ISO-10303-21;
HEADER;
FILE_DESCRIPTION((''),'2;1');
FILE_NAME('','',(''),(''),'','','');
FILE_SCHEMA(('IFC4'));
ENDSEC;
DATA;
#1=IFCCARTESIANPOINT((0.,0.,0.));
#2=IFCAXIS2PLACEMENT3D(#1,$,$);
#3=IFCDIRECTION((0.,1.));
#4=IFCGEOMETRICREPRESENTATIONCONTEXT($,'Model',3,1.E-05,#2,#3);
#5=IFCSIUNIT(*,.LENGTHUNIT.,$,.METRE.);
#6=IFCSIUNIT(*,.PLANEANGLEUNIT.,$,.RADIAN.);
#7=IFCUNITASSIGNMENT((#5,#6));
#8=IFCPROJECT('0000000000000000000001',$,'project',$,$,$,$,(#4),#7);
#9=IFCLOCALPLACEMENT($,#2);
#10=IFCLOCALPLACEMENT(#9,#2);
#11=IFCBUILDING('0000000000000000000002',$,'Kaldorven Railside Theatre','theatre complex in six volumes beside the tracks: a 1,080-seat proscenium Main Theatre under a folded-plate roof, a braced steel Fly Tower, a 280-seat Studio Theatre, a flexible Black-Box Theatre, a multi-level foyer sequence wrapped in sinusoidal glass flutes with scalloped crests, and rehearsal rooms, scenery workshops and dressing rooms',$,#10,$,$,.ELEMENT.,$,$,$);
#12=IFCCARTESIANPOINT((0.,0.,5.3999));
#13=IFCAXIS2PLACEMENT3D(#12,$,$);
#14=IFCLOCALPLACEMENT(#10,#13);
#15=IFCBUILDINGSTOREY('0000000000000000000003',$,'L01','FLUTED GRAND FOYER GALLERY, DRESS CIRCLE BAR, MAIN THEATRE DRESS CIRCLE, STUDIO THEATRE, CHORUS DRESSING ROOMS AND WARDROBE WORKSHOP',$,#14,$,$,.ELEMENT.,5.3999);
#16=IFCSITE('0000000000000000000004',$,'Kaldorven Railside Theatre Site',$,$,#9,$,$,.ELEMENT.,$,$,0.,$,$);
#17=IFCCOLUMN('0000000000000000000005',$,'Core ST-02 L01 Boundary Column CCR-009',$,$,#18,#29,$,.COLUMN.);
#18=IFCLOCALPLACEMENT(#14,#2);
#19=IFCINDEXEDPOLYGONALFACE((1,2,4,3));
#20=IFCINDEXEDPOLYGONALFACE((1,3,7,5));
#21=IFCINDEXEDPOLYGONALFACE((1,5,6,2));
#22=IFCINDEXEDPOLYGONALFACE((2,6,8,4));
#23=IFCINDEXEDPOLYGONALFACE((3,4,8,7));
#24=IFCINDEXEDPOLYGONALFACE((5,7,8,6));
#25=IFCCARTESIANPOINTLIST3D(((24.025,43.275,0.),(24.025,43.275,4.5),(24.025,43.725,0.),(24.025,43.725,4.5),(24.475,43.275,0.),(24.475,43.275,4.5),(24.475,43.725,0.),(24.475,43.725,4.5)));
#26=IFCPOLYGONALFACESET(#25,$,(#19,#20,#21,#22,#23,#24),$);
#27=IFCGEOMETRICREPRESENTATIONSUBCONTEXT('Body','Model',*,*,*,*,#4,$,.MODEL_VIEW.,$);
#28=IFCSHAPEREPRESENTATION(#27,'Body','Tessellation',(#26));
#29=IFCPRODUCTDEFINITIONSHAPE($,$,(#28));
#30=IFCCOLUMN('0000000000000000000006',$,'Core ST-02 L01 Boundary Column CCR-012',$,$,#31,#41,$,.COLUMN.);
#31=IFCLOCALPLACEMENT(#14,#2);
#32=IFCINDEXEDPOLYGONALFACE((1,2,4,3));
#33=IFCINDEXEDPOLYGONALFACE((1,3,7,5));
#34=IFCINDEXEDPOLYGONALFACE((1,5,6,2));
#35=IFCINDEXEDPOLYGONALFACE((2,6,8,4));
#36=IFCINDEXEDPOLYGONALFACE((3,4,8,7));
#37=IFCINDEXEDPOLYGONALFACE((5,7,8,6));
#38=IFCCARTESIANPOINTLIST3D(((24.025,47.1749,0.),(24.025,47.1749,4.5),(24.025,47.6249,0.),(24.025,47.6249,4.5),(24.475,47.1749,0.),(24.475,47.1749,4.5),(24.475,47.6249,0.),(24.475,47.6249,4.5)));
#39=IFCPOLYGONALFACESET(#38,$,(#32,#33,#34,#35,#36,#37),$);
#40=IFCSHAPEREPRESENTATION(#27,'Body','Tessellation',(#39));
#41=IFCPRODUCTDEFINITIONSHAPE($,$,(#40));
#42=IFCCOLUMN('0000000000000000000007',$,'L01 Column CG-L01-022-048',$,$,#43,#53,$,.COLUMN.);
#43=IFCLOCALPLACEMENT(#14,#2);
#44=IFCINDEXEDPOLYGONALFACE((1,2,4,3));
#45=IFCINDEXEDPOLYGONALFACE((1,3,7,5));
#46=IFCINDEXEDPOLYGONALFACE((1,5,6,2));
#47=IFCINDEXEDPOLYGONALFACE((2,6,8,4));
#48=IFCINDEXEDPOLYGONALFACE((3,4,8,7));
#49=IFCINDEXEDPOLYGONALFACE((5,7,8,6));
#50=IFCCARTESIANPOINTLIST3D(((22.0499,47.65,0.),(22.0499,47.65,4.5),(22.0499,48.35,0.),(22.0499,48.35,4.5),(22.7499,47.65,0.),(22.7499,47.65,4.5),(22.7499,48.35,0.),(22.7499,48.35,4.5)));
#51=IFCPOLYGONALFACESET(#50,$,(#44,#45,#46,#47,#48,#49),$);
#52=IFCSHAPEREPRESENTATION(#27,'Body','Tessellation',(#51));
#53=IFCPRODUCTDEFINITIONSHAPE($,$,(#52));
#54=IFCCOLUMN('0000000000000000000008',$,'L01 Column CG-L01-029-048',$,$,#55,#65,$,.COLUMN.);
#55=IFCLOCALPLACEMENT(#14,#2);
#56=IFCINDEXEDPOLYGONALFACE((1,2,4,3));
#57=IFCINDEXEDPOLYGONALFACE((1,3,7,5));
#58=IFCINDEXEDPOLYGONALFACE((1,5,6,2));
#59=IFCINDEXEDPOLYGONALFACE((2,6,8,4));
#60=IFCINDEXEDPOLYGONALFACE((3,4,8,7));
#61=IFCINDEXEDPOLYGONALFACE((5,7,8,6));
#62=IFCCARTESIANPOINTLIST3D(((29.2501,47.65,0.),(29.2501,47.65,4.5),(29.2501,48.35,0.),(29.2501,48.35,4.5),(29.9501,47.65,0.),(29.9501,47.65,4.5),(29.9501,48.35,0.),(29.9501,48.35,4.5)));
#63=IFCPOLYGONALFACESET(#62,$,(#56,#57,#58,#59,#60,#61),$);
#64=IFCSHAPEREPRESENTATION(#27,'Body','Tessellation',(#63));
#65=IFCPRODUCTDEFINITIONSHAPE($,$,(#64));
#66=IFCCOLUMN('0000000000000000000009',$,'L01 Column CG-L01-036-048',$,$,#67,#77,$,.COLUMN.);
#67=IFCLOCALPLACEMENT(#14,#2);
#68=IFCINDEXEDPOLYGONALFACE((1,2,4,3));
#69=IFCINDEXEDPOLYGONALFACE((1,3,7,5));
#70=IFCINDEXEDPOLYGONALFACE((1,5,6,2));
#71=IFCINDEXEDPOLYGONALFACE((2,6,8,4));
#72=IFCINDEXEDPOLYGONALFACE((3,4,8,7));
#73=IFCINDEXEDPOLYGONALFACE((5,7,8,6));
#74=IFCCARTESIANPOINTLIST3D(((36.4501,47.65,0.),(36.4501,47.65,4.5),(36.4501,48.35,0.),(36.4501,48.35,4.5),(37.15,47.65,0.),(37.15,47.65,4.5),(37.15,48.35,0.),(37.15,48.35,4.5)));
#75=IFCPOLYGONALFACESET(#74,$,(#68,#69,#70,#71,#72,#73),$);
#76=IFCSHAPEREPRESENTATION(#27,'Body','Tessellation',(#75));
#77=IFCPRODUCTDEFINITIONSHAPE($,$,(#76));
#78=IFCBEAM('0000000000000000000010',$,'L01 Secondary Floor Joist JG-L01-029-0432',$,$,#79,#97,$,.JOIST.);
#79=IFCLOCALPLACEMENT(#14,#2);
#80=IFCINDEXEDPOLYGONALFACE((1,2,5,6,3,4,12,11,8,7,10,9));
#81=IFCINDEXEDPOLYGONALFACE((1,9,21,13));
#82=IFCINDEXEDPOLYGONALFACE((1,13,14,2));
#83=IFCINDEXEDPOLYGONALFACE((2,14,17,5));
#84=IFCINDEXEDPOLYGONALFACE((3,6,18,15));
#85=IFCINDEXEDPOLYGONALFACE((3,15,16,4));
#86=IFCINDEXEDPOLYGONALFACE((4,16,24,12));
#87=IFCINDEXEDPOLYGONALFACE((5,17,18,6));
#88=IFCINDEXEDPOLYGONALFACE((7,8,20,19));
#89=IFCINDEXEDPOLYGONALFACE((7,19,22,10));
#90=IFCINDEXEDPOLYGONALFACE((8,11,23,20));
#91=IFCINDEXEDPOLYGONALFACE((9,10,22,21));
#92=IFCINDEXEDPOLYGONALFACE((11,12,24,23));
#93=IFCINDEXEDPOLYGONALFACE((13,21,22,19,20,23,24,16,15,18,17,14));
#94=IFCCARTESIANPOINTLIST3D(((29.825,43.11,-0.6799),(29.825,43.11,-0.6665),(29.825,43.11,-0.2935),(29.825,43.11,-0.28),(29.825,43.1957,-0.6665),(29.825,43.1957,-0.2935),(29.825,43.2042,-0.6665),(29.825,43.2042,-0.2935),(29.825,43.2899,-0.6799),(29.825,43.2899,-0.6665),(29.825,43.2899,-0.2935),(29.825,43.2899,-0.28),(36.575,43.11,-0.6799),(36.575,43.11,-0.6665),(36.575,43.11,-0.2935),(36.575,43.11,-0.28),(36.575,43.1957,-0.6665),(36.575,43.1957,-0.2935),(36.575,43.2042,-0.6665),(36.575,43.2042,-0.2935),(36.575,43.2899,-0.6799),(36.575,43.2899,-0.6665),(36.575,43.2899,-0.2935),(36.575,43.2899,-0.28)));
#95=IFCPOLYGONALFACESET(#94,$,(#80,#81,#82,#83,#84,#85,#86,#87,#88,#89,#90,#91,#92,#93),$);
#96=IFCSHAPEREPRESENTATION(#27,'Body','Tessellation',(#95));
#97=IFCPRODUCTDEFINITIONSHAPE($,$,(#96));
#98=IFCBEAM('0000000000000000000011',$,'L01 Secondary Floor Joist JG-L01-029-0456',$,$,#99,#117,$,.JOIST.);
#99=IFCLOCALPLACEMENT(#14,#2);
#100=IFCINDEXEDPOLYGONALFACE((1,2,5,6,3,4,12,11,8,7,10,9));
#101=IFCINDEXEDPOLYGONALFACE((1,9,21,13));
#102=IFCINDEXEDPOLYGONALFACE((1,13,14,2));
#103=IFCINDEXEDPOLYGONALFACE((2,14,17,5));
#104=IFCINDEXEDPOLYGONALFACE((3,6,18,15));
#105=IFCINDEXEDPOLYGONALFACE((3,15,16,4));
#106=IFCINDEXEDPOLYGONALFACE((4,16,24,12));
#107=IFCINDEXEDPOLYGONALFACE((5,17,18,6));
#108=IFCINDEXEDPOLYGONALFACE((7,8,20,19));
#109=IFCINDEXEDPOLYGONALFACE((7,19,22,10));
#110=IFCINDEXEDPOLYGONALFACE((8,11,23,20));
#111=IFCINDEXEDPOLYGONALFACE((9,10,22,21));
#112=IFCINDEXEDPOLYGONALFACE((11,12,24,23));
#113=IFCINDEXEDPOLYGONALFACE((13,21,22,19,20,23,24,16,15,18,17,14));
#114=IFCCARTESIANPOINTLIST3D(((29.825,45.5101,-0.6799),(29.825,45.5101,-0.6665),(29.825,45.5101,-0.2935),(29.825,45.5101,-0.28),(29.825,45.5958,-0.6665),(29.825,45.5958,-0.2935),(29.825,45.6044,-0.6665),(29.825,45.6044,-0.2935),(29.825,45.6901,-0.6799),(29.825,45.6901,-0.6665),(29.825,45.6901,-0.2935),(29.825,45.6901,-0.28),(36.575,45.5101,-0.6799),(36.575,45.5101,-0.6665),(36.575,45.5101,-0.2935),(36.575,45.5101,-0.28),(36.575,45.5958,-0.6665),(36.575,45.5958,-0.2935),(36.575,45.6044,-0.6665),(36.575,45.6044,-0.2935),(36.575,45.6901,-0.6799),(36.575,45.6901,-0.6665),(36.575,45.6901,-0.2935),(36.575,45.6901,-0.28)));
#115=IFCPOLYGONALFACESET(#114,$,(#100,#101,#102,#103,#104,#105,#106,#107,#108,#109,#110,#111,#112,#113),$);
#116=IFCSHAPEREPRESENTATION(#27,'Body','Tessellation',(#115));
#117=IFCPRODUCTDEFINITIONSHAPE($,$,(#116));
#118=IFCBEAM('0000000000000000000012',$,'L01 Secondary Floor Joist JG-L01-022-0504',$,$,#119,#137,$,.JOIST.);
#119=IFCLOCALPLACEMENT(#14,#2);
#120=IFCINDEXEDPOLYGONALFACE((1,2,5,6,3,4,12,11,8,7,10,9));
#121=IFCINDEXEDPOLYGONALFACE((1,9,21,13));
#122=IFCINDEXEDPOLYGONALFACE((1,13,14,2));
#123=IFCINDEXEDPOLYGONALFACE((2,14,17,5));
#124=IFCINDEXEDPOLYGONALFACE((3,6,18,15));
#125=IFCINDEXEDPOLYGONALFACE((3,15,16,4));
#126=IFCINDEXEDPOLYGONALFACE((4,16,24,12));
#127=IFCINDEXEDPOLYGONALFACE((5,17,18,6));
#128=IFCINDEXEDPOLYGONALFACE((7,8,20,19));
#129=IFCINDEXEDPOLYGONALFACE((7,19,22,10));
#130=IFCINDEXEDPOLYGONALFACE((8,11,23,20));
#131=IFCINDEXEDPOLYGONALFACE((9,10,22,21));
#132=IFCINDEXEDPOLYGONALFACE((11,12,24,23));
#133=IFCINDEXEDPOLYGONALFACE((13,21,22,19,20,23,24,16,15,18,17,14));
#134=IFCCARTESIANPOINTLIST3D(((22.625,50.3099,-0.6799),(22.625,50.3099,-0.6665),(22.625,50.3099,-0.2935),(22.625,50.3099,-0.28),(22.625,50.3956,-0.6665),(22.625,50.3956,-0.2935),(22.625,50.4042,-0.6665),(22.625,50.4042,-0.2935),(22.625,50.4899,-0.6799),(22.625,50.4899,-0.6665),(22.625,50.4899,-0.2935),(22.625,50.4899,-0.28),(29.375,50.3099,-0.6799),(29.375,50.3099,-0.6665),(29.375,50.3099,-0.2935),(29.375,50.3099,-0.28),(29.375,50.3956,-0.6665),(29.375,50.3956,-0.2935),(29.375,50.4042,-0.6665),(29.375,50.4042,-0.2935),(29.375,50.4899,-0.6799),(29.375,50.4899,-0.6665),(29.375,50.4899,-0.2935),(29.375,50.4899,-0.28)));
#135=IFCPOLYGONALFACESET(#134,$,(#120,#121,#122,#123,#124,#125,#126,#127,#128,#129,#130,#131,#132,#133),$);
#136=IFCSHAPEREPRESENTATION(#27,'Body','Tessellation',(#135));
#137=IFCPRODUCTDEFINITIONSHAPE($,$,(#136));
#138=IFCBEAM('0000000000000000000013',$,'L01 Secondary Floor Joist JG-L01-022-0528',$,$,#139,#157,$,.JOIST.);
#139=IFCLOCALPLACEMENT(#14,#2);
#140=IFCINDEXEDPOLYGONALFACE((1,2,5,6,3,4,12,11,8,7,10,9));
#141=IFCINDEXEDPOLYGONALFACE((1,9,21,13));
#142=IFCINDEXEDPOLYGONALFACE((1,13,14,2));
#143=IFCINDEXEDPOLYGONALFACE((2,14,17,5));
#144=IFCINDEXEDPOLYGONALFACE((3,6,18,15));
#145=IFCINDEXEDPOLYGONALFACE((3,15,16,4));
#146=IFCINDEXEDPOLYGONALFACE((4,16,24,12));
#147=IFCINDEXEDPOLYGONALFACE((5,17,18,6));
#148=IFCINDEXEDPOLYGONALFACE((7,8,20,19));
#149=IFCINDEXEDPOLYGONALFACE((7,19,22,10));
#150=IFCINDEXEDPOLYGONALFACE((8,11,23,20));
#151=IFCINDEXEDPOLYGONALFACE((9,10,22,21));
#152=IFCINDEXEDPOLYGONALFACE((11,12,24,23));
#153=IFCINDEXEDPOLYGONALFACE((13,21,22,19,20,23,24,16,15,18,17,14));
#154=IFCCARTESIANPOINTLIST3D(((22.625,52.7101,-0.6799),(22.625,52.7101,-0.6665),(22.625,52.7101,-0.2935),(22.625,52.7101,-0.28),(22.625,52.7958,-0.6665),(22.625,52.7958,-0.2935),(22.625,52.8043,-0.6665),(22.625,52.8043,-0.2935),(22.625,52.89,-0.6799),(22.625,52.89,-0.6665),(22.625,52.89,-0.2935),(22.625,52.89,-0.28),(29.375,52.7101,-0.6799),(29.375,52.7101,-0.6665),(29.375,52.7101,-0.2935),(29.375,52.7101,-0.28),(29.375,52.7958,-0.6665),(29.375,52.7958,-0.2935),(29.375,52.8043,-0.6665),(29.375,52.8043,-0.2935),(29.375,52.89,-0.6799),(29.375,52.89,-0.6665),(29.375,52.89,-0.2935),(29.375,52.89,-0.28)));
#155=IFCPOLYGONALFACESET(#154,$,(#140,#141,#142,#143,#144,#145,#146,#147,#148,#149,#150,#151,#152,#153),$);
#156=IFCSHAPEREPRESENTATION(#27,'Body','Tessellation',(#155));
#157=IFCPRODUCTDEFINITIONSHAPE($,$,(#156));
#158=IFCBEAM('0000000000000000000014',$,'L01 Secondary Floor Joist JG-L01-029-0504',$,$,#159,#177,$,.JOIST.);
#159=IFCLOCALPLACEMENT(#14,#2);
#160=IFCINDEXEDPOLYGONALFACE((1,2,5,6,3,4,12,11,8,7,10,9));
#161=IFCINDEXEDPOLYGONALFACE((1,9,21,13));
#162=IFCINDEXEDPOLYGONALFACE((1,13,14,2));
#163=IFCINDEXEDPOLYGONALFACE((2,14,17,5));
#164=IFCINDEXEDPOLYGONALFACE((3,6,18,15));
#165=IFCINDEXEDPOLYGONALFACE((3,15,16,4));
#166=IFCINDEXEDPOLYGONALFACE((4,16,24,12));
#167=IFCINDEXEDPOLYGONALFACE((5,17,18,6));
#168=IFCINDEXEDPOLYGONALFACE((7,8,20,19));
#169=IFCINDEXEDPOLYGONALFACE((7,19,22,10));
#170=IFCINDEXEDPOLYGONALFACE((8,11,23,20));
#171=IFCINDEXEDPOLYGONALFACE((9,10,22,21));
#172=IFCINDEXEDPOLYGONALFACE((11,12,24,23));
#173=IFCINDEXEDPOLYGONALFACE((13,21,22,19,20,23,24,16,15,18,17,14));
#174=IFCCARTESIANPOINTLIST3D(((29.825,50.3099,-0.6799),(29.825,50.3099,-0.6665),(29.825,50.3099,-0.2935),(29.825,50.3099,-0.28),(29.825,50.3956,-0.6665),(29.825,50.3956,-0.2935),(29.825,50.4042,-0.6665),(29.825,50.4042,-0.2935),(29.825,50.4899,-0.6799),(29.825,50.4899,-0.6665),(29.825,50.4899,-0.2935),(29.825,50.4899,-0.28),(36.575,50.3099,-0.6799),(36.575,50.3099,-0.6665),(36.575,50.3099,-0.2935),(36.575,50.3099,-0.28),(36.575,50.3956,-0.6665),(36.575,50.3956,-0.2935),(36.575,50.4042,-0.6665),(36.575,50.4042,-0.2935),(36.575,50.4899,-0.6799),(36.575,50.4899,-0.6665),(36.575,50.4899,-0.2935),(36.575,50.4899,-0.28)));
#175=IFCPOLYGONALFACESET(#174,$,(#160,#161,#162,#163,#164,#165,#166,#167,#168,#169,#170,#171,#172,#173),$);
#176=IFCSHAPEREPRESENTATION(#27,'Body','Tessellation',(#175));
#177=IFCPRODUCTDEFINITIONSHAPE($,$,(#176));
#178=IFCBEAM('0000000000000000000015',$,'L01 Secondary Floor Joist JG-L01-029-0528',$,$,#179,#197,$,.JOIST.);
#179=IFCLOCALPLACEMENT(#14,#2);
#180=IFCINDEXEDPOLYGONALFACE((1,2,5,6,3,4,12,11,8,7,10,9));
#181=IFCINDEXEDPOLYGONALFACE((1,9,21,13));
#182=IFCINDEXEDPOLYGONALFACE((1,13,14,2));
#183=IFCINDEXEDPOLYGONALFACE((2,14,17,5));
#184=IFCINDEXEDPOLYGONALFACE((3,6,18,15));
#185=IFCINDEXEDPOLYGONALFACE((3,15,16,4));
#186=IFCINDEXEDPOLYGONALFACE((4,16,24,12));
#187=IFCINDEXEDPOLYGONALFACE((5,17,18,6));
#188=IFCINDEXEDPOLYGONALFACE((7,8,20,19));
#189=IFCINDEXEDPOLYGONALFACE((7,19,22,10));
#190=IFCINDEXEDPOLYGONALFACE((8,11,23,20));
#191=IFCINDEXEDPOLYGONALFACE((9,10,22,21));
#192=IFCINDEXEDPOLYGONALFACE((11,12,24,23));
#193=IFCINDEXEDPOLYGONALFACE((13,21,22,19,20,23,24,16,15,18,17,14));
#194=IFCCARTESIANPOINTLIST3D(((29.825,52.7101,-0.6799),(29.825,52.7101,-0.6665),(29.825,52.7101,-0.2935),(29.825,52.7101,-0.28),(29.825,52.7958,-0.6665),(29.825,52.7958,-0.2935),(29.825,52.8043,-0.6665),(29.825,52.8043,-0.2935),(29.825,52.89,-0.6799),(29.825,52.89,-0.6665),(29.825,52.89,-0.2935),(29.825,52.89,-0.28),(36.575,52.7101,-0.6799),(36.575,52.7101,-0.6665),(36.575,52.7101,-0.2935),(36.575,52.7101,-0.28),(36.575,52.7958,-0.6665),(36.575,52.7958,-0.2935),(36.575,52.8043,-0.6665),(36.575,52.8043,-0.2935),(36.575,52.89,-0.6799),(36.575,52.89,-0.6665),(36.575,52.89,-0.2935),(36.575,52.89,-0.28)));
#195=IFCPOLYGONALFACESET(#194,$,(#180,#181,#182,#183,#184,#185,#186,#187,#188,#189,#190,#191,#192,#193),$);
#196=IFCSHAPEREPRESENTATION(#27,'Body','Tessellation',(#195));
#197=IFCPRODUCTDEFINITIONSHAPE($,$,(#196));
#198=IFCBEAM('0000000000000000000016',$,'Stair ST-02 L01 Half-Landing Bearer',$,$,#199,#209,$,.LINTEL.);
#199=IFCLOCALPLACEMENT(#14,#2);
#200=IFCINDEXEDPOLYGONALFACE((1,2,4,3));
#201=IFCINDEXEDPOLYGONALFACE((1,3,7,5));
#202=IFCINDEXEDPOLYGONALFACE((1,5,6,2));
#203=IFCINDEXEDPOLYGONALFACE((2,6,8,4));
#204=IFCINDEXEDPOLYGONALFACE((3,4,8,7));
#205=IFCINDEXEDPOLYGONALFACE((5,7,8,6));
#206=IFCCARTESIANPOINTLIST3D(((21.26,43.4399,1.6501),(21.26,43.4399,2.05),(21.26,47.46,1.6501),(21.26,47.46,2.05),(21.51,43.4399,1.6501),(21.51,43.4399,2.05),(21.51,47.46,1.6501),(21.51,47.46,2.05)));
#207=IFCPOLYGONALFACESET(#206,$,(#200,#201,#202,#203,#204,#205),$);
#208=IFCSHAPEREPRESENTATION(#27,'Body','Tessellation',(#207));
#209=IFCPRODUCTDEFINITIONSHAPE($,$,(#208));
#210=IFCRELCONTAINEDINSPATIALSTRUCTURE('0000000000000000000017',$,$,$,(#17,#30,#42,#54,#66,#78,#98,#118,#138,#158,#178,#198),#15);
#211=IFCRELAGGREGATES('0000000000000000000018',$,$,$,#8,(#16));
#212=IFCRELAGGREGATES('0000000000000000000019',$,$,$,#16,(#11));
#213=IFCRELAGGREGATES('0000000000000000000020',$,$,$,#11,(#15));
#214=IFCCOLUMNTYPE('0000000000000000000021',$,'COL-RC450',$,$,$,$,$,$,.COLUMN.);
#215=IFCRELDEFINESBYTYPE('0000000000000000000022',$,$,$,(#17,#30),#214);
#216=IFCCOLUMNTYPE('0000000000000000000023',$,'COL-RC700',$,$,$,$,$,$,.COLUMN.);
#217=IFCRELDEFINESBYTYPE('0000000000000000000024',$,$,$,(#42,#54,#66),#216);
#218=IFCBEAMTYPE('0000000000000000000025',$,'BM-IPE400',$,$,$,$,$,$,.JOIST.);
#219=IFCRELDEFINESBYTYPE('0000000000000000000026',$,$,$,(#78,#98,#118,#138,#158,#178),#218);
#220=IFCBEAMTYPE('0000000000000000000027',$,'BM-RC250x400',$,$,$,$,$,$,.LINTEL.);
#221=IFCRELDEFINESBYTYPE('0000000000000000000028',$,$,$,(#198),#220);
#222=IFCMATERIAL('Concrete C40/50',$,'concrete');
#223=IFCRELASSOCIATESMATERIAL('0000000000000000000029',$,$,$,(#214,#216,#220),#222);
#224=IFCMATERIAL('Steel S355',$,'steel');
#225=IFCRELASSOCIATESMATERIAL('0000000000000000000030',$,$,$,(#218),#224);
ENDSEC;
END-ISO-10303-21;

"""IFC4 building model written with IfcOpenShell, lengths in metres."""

from ifc_helpers import new_model, si_unit, direction, frame, origin, origin_2d, place, context, subcontext, project, spatial, rectangle, i_section, extrude, material, material_profile, profile_set, type_object, element, save


model = new_model("IFC4")

# Units and contexts
model_context = context("Model", 3, precision=1e-05, world=origin(), true_north=direction((0.0, 1.0)))
body_context = subcontext(model_context, "Body", "Model", "MODEL_VIEW")
ifc_project = project(units=[si_unit("LENGTHUNIT", "METRE"), si_unit("PLANEANGLEUNIT", "RADIAN")], contexts=[model_context])

# Site, building, storey
site_placement = place(None, origin())
site = spatial("IfcSite", under=ifc_project, at=site_placement, Name="Kaldorven Railside Theatre Site", CompositionType="ELEMENT", RefElevation=0.0)
building_placement = place(site_placement, origin())
building = spatial("IfcBuilding", under=site, at=building_placement, Name="Kaldorven Railside Theatre", Description="theatre complex in six volumes beside the tracks: a 1,080-seat proscenium Main Theatre under a folded-plate roof, a braced steel Fly Tower, a 280-seat Studio Theatre, a flexible Black-Box Theatre, a multi-level foyer sequence wrapped in sinusoidal glass flutes with scalloped crests, and rehearsal rooms, scenery workshops and dressing rooms", CompositionType="ELEMENT")
storey_placement = place(building_placement, frame((0.0, 0.0, 5.3999)))
storey = spatial("IfcBuildingStorey", under=building, at=storey_placement, Name="L01", Description="FLUTED GRAND FOYER GALLERY, DRESS CIRCLE BAR, MAIN THEATRE DRESS CIRCLE, STUDIO THEATRE, CHORUS DRESSING ROOMS AND WARDROBE WORKSHOP", CompositionType="ELEMENT", Elevation=5.3999)

# Columns
ifc_material_1 = material(Name="Concrete C40/50", Category="concrete")
ifc_material_profile_1 = material_profile(ifc_material_1, rectangle(XDim=0.45, YDim=0.45, at=origin_2d()), Name="RC 450x450")
ifc_profile_set_1 = profile_set([ifc_material_profile_1], Name="Concrete C40/50")
column_type_1 = type_object("IfcColumnType", Name="COL-RC450", PredefinedType="COLUMN", material=ifc_profile_set_1)
for number, where, z_axis, x_axis, name in (
    (1, (24.25, 43.5, 0.0), (0.0, 0.0, 1.0), (1.0, 0.0, 0.0), "Core ST-02 L01 Boundary Column CCR-009"),
    (2, (24.25, 47.3999, 0.0), (0.0, 0.0, 1.0), (1.0, 0.0, 0.0), "Core ST-02 L01 Boundary Column CCR-012"),
):
    element("IfcColumn", number, at=place(storey_placement, frame(where, z_axis=z_axis, x_axis=x_axis)), inside=storey, type_object=column_type_1, Name=name, PredefinedType="COLUMN", context=body_context, shape_type="SweptSolid", body=[
        extrude(rectangle(XDim=0.45, YDim=0.45, at=origin_2d()), origin(), (0.0, 0.0, 1.0), 4.5),
    ])
ifc_material_profile_2 = material_profile(ifc_material_1, rectangle(XDim=0.7, YDim=0.7, at=origin_2d()), Name="RC 700x700")
ifc_profile_set_2 = profile_set([ifc_material_profile_2], Name="Concrete C40/50")
column_type_2 = type_object("IfcColumnType", Name="COL-RC700", PredefinedType="COLUMN", material=ifc_profile_set_2)
for number, where, z_axis, x_axis, name in (
    (3, (22.3999, 48.0, 0.0), (0.0, 0.0, 1.0), (1.0, 0.0, 0.0), "L01 Column CG-L01-022-048"),
    (4, (29.6001, 48.0, 0.0), (0.0, 0.0, 1.0), (0.0, 1.0, 0.0), "L01 Column CG-L01-029-048"),
    (5, (36.8, 48.0, 0.0), (0.0, 0.0, 1.0), (1.0, 0.0, 0.0), "L01 Column CG-L01-036-048"),
):
    element("IfcColumn", number, at=place(storey_placement, frame(where, z_axis=z_axis, x_axis=x_axis)), inside=storey, type_object=column_type_2, Name=name, PredefinedType="COLUMN", context=body_context, shape_type="SweptSolid", body=[
        extrude(rectangle(XDim=0.7, YDim=0.7, at=origin_2d()), origin(), (0.0, 0.0, 1.0), 4.5),
    ])

# Beams
ifc_material_2 = material(Name="Steel S355", Category="steel")
ifc_material_profile_3 = material_profile(ifc_material_2, i_section(OverallWidth=0.1799, OverallDepth=0.3999, WebThickness=0.0085, FlangeThickness=0.0134, at=origin_2d()), Name="IPE 400")
ifc_profile_set_3 = profile_set([ifc_material_profile_3], Name="Steel S355")
beam_type_1 = type_object("IfcBeamType", Name="BM-IPE400", PredefinedType="JOIST", material=ifc_profile_set_3)
for number, where, z_axis, x_axis, name in (
    (6, (29.825, 43.2, -0.48), (1.0, 0.0, 0.0), (0.0, 1.0, 0.0), "L01 Secondary Floor Joist JG-L01-029-0432"),
    (7, (29.825, 45.6001, -0.48), (1.0, 0.0, 0.0), (0.0, 1.0, 0.0), "L01 Secondary Floor Joist JG-L01-029-0456"),
    (8, (22.625, 50.3999, -0.48), (1.0, 0.0, 0.0), (0.0, 1.0, 0.0), "L01 Secondary Floor Joist JG-L01-022-0504"),
    (9, (22.625, 52.8, -0.48), (1.0, 0.0, 0.0), (0.0, 1.0, 0.0), "L01 Secondary Floor Joist JG-L01-022-0528"),
    (10, (29.825, 50.3999, -0.48), (1.0, 0.0, 0.0), (0.0, 1.0, 0.0), "L01 Secondary Floor Joist JG-L01-029-0504"),
    (11, (29.825, 52.8, -0.48), (1.0, 0.0, 0.0), (0.0, 1.0, 0.0), "L01 Secondary Floor Joist JG-L01-029-0528"),
):
    element("IfcBeam", number, at=place(storey_placement, frame(where, z_axis=z_axis, x_axis=x_axis)), inside=storey, type_object=beam_type_1, Name=name, PredefinedType="JOIST", context=body_context, shape_type="SweptSolid", body=[
        extrude(i_section(OverallWidth=0.1799, OverallDepth=0.3999, WebThickness=0.0085, FlangeThickness=0.0134, at=origin_2d()), origin(), (0.0, 0.0, 1.0), 6.75),
    ])
ifc_material_profile_4 = material_profile(ifc_material_1, rectangle(XDim=0.25, YDim=0.3999, at=origin_2d()), Name="RC 250x400")
ifc_profile_set_4 = profile_set([ifc_material_profile_4], Name="Concrete C40/50")
beam_type_2 = type_object("IfcBeamType", Name="BM-RC250x400", PredefinedType="LINTEL", material=ifc_profile_set_4)
for number, where, z_axis, x_axis, name in (
    (12, (21.385, 43.4399, 1.8501), (0.0, 1.0, 0.0), (-1.0, 0.0, 0.0), "Stair ST-02 L01 Half-Landing Bearer"),
):
    element("IfcBeam", number, at=place(storey_placement, frame(where, z_axis=z_axis, x_axis=x_axis)), inside=storey, type_object=beam_type_2, Name=name, PredefinedType="LINTEL", context=body_context, shape_type="SweptSolid", body=[
        extrude(rectangle(XDim=0.25, YDim=0.3999, at=origin_2d()), origin(), (0.0, 0.0, 1.0), 4.02),
    ])

save(model, "model.ifc")
